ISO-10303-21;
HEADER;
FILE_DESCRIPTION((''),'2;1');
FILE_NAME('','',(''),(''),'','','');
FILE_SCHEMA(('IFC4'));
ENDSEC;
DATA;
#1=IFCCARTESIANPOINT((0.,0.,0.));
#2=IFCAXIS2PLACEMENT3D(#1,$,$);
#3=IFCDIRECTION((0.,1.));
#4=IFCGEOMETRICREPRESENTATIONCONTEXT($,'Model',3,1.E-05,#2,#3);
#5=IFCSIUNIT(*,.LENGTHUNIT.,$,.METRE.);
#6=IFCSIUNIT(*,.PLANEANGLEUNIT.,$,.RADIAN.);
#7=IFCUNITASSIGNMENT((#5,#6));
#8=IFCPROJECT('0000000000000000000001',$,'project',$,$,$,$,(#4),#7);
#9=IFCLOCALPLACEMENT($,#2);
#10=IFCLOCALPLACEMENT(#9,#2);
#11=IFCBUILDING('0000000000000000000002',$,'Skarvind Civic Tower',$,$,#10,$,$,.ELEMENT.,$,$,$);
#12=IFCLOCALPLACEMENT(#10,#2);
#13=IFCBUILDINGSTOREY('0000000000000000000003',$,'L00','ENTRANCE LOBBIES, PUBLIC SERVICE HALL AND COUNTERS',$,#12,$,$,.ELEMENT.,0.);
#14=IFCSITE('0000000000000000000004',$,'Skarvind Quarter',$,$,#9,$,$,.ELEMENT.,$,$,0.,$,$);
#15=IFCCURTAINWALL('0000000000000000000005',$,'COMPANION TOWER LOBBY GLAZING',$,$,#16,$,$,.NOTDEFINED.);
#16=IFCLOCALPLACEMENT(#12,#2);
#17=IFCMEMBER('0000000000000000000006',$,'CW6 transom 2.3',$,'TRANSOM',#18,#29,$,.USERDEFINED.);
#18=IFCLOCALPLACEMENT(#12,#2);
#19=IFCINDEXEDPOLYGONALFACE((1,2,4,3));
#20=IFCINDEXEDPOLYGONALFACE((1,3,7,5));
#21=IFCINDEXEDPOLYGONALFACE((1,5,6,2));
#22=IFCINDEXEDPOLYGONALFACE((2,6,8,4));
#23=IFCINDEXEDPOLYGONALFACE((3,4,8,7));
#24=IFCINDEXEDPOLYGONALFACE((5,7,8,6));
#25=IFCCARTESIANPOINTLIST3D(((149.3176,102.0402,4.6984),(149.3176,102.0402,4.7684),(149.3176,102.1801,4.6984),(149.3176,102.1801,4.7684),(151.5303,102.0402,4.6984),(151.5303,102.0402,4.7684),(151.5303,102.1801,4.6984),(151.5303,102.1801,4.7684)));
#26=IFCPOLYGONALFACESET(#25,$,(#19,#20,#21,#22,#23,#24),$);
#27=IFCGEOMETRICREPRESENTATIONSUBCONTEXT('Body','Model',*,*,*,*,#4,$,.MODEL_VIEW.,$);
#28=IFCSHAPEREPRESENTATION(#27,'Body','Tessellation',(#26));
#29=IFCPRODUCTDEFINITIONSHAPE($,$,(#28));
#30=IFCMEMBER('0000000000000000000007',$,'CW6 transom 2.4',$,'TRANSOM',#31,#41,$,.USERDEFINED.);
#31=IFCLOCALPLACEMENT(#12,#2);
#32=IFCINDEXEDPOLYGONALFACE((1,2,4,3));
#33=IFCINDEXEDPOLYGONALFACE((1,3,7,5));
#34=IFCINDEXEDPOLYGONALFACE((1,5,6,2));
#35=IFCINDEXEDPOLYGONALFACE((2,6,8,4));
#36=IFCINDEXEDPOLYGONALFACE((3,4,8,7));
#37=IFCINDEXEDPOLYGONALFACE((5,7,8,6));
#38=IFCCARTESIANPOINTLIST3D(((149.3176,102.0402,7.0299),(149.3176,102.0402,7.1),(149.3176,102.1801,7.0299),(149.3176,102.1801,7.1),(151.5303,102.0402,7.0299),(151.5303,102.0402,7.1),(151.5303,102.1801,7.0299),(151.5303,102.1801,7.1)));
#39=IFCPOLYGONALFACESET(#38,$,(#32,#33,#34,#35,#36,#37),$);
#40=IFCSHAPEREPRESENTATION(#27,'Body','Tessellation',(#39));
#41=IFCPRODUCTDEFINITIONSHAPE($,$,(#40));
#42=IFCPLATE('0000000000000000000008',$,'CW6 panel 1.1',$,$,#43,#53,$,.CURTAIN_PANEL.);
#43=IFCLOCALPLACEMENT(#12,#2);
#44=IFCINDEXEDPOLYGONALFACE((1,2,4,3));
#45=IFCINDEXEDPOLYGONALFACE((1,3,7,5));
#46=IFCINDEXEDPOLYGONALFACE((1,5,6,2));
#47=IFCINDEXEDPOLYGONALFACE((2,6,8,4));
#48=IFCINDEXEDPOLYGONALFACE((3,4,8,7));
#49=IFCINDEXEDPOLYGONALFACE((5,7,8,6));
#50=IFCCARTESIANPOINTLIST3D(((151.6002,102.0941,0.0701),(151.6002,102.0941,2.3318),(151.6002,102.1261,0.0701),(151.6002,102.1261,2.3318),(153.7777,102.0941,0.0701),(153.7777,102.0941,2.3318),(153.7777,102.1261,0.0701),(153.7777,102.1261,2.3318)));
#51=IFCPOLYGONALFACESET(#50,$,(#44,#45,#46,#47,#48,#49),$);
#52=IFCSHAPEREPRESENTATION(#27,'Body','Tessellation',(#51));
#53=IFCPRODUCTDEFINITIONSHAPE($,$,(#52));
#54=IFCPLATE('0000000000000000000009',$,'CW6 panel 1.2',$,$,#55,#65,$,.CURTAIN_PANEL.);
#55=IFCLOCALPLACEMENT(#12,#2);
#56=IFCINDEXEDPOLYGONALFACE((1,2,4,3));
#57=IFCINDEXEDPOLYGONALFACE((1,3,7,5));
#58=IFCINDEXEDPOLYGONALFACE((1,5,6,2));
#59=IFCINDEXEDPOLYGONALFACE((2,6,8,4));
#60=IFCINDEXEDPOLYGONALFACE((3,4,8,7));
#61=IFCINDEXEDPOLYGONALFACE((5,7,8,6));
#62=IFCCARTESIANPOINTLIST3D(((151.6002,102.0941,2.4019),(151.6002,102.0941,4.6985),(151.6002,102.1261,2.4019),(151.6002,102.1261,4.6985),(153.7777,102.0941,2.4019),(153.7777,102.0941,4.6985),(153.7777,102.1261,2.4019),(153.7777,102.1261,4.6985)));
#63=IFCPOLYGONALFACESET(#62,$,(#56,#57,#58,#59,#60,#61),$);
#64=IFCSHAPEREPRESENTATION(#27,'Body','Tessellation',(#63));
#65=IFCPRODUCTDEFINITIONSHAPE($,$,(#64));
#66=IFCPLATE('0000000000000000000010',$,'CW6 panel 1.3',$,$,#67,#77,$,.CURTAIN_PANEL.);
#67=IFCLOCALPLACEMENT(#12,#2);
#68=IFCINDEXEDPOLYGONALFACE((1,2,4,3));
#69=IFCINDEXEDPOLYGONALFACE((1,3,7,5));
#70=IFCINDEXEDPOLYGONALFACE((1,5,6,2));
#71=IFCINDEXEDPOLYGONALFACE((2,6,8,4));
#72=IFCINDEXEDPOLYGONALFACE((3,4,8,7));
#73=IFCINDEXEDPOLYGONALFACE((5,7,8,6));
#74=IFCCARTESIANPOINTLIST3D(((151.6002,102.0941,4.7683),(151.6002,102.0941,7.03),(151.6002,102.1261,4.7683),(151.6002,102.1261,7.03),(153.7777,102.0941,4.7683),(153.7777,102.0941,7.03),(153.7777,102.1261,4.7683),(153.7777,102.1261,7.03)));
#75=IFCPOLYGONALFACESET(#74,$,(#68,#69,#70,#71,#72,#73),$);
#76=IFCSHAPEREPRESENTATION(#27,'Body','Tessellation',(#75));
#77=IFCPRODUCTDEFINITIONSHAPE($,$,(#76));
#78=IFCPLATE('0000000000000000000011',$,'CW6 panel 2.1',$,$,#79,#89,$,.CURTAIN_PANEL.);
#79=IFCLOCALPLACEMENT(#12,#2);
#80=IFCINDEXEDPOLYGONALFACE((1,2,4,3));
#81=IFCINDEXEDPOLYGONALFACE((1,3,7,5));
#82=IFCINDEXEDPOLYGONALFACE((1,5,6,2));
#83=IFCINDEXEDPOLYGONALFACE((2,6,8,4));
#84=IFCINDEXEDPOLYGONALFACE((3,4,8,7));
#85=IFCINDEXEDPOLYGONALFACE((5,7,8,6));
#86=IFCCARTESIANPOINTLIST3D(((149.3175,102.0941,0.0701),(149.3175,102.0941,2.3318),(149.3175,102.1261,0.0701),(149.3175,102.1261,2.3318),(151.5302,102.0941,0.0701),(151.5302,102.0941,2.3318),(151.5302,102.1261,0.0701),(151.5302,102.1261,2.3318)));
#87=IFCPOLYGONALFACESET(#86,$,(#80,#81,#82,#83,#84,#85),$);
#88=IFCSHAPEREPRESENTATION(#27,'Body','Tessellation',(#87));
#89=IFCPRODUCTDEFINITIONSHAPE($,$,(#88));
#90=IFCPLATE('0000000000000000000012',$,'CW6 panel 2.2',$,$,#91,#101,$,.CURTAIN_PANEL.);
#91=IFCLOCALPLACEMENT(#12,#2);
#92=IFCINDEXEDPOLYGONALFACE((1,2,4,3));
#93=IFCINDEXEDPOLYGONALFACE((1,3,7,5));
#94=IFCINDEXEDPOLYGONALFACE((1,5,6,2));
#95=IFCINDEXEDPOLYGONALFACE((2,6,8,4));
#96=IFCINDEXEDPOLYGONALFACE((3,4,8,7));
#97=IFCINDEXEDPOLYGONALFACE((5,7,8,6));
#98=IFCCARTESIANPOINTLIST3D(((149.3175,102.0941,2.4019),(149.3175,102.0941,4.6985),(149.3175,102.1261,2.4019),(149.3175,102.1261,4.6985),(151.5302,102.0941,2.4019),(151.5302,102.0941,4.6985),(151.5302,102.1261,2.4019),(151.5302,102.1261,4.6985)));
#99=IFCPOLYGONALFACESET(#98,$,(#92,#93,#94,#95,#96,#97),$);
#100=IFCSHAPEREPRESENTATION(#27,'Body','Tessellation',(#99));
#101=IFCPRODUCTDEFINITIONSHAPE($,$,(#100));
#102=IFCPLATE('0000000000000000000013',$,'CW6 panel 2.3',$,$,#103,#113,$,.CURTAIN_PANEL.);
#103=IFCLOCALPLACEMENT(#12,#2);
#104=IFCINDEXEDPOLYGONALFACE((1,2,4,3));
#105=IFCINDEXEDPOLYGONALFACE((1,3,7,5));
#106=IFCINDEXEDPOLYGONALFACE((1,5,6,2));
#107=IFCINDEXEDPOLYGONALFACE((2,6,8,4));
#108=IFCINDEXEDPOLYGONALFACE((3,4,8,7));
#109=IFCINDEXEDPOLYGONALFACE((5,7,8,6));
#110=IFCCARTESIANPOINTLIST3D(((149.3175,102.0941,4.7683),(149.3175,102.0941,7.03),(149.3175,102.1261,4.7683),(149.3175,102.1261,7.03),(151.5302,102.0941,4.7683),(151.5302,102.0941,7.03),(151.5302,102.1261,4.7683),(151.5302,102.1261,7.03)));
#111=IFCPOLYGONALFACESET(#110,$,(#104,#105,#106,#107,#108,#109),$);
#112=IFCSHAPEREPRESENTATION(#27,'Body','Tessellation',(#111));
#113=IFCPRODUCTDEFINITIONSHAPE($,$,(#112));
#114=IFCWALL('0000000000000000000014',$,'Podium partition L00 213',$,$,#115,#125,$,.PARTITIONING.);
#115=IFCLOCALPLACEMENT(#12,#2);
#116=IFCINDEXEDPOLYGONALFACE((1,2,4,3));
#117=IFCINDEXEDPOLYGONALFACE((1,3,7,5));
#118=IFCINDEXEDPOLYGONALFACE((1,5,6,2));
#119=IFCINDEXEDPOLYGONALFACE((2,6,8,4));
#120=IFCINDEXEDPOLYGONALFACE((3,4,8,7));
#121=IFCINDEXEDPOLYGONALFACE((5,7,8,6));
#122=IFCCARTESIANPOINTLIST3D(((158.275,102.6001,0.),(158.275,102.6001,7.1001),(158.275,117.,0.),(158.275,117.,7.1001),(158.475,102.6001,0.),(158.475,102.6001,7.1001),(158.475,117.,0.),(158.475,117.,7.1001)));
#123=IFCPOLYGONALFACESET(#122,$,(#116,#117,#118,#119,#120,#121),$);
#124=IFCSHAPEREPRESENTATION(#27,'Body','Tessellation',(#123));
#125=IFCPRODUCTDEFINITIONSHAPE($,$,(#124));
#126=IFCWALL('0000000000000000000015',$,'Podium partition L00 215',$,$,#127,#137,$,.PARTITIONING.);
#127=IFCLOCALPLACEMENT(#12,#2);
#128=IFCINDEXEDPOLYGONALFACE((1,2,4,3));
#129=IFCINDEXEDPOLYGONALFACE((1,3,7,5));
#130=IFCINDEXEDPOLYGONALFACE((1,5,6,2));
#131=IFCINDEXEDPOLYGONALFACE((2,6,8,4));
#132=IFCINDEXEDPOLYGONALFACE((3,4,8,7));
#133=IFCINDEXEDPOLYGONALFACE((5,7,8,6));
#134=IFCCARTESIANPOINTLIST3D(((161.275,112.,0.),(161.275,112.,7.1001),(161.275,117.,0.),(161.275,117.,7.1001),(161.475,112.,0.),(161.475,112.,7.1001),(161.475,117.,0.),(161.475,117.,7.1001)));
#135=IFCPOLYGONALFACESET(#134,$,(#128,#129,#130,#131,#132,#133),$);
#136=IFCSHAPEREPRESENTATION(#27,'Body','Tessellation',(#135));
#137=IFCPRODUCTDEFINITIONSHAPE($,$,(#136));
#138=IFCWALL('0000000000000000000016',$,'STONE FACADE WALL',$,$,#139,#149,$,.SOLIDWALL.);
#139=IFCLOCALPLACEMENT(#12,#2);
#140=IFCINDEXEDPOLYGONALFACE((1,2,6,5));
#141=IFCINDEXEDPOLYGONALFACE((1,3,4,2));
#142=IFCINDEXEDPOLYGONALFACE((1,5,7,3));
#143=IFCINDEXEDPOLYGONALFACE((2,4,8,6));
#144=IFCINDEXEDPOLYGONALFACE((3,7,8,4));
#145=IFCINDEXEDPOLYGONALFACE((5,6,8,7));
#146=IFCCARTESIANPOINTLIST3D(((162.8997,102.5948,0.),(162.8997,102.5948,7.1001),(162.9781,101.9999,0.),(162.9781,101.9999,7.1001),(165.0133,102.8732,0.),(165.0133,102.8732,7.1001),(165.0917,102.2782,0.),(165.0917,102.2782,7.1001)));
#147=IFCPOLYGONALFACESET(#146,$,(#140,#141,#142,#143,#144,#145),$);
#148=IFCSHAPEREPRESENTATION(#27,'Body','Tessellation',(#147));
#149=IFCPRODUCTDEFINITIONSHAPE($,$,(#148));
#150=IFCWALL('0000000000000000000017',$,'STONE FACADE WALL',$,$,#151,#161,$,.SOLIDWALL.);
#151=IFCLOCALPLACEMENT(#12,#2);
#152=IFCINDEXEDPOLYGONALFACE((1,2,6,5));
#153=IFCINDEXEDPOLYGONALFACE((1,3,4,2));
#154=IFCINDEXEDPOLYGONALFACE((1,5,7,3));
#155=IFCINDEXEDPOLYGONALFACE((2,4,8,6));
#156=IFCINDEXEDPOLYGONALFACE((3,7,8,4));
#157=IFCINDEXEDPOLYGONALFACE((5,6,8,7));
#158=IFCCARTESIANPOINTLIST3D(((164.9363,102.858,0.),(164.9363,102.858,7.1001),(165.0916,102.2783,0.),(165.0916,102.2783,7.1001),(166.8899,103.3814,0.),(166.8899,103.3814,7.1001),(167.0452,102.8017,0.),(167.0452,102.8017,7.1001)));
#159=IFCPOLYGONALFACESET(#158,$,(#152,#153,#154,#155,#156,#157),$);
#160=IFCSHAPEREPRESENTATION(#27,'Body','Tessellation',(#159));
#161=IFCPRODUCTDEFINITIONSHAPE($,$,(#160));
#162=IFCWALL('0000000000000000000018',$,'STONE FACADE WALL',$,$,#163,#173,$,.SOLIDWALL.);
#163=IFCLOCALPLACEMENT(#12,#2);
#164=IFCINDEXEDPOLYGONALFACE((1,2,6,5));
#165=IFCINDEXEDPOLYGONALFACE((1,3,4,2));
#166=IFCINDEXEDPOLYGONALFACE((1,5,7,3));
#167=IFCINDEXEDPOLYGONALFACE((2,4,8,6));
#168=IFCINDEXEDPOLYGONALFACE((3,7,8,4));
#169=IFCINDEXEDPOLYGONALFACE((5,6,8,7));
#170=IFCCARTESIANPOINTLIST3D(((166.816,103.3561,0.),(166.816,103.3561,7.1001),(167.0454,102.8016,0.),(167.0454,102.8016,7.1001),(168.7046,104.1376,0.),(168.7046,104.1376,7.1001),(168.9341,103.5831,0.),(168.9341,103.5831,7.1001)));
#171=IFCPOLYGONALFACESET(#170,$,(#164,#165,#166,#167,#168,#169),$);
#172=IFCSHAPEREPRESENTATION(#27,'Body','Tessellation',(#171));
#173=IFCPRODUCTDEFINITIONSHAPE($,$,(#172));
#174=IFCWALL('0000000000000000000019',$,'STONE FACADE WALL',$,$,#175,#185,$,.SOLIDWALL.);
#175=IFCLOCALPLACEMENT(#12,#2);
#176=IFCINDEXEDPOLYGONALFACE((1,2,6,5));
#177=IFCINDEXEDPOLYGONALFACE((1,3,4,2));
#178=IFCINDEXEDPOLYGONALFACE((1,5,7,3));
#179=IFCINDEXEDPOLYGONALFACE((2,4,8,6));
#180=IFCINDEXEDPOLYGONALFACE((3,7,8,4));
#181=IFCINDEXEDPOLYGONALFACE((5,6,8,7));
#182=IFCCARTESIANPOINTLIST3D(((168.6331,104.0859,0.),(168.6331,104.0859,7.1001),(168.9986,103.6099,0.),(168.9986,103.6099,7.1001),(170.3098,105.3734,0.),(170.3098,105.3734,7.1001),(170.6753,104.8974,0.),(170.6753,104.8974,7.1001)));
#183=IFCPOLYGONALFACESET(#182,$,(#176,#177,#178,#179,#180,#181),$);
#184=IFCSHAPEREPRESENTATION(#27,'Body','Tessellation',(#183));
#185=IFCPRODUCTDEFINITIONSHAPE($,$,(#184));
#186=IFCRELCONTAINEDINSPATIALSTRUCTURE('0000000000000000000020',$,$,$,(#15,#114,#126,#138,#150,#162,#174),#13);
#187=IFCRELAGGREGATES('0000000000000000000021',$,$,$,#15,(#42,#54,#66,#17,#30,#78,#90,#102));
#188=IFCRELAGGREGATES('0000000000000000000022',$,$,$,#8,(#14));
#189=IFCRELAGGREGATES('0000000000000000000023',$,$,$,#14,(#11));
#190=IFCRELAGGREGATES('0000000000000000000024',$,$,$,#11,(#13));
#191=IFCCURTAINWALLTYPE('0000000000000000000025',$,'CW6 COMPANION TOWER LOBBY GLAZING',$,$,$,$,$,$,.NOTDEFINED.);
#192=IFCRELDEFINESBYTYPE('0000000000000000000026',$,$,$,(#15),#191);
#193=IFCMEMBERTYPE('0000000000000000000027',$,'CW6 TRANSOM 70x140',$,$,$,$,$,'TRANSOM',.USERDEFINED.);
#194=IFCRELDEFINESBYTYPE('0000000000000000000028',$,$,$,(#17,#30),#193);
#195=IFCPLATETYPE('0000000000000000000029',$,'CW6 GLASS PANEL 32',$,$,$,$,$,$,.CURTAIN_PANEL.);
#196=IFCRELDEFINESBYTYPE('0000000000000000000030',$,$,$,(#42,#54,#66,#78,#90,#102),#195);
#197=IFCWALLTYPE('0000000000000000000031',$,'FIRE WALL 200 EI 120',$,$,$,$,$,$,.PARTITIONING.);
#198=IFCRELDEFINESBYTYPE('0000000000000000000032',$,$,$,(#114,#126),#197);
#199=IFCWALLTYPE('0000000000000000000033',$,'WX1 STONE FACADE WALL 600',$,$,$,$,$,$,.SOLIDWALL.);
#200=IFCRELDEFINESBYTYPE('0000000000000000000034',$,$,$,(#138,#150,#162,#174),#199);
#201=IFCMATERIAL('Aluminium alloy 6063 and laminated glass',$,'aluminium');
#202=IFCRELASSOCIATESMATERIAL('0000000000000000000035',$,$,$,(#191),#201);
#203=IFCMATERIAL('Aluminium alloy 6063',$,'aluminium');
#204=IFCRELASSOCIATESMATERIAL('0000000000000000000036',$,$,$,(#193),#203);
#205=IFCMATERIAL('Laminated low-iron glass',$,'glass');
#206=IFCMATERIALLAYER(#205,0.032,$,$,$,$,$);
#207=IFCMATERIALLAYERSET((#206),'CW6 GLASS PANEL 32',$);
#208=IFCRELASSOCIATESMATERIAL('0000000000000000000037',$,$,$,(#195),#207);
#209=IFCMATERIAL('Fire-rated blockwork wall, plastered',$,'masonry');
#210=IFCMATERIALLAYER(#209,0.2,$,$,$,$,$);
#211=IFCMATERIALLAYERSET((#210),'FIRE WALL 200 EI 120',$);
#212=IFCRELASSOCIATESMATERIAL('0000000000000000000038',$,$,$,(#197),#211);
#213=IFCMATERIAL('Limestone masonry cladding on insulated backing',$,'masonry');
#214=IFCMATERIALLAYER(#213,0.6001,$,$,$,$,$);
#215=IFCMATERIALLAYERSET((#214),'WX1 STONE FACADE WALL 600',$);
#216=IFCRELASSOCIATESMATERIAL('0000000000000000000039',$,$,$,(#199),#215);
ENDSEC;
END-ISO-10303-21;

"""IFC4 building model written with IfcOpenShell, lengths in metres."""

from ifc_helpers import new_model, si_unit, direction, frame, frame_2d, origin, origin_2d, place, context, subcontext, project, spatial, rectangle, extrude, material, layer, layer_set, material_profile, profile_set, type_object, element, aggregate, save


model = new_model("IFC4")

# Units and contexts
model_context = context("Model", 3, precision=1e-05, world=origin(), true_north=direction((0.0, 1.0)))
body_context = subcontext(model_context, "Body", "Model", "MODEL_VIEW")
ifc_project = project(units=[si_unit("LENGTHUNIT", "METRE"), si_unit("PLANEANGLEUNIT", "RADIAN")], contexts=[model_context])

# Site, building, storey
site_placement = place(None, origin())
site = spatial("IfcSite", under=ifc_project, at=site_placement, Name="Skarvind Quarter", CompositionType="ELEMENT", RefElevation=0.0)
building_placement = place(site_placement, origin())
building = spatial("IfcBuilding", under=site, at=building_placement, Name="Skarvind Civic Tower", CompositionType="ELEMENT")
storey_placement = place(building_placement, origin())
storey = spatial("IfcBuildingStorey", under=building, at=storey_placement, Name="L00", Description="ENTRANCE LOBBIES, PUBLIC SERVICE HALL AND COUNTERS", CompositionType="ELEMENT", Elevation=0.0)

# Curtain wall, members, plates
ifc_material_1 = material(Name="Aluminium alloy 6063 and laminated glass", Category="aluminium")
curtain_wall_type = type_object("IfcCurtainWallType", Name="CW6 COMPANION TOWER LOBBY GLAZING", PredefinedType="NOTDEFINED", material=ifc_material_1)
curtain_wall_placement = place(storey_placement, origin())
curtain_wall = element("IfcCurtainWall", 1, at=curtain_wall_placement, inside=storey, type_object=curtain_wall_type, Name="COMPANION TOWER LOBBY GLAZING", PredefinedType="NOTDEFINED")
ifc_material_2 = material(Name="Aluminium alloy 6063", Category="aluminium")
ifc_material_profile_1 = material_profile(ifc_material_2, rectangle(XDim=0.1399, YDim=0.0701, at=origin_2d()), Name="AL 70x140")
ifc_profile_set_1 = profile_set([ifc_material_profile_1], Name="Aluminium alloy 6063")
member_type_1 = type_object("IfcMemberType", Name="CW6 TRANSOM 70x140", ElementType="TRANSOM", PredefinedType="USERDEFINED", material=ifc_profile_set_1)
member_1_placement = place(storey_placement, frame((151.5303, 102.1101, 4.7334), z_axis=(-1.0, 0.0, 0.0), x_axis=(0.0, -1.0, 0.0)))
member_1 = element("IfcMember", 2, at=member_1_placement, type_object=member_type_1, Name="CW6 transom 2.3", ObjectType="TRANSOM", PredefinedType="USERDEFINED", context=body_context, shape_type="SweptSolid", body=[
    extrude(rectangle(XDim=0.1399, YDim=0.0701, at=origin_2d()), origin(), (0.0, 0.0, 1.0), 2.2126),
])
member_2_placement = place(storey_placement, frame((151.5303, 102.1101, 7.0649), z_axis=(-1.0, 0.0, 0.0), x_axis=(0.0, -1.0, 0.0)))
member_2 = element("IfcMember", 3, at=member_2_placement, type_object=member_type_1, Name="CW6 transom 2.4", ObjectType="TRANSOM", PredefinedType="USERDEFINED", context=body_context, shape_type="SweptSolid", body=[
    extrude(rectangle(XDim=0.1399, YDim=0.0701, at=origin_2d()), origin(), (0.0, 0.0, 1.0), 2.2126),
])
ifc_material_3 = material(Name="Laminated low-iron glass", Category="glass")
ifc_layer_1 = layer(ifc_material_3, 0.032)
ifc_layer_set_1 = layer_set([ifc_layer_1], Name="CW6 GLASS PANEL 32")
plate_type = type_object("IfcPlateType", Name="CW6 GLASS PANEL 32", PredefinedType="CURTAIN_PANEL", material=ifc_layer_set_1)
plate_1_placement = place(storey_placement, frame((152.689, 102.1101, 0.0701), z_axis=(0.0, 0.0, 1.0), x_axis=(-1.0, 0.0, 0.0)))
plate_1 = element("IfcPlate", 4, at=plate_1_placement, type_object=plate_type, Name="CW6 panel 1.1", PredefinedType="CURTAIN_PANEL", context=body_context, shape_type="SweptSolid", body=[
    extrude(rectangle(XDim=2.1775, YDim=0.032, at=origin_2d()), origin(), (0.0, 0.0, 1.0), 2.2617),
])
plate_2_placement = place(storey_placement, frame((152.689, 102.1101, 2.4019), z_axis=(0.0, 0.0, 1.0), x_axis=(-1.0, 0.0, 0.0)))
plate_2 = element("IfcPlate", 5, at=plate_2_placement, type_object=plate_type, Name="CW6 panel 1.2", PredefinedType="CURTAIN_PANEL", context=body_context, shape_type="SweptSolid", body=[
    extrude(rectangle(XDim=2.1775, YDim=0.032, at=origin_2d()), origin(), (0.0, 0.0, 1.0), 2.2966),
])
plate_3_placement = place(storey_placement, frame((152.689, 102.1101, 4.7683), z_axis=(0.0, 0.0, 1.0), x_axis=(-1.0, 0.0, 0.0)))
plate_3 = element("IfcPlate", 6, at=plate_3_placement, type_object=plate_type, Name="CW6 panel 1.3", PredefinedType="CURTAIN_PANEL", context=body_context, shape_type="SweptSolid", body=[
    extrude(rectangle(XDim=2.1775, YDim=0.032, at=origin_2d()), origin(), (0.0, 0.0, 1.0), 2.2617),
])
plate_4_placement = place(storey_placement, frame((150.4238, 102.1101, 0.0701), z_axis=(0.0, 0.0, 1.0), x_axis=(-1.0, 0.0, 0.0)))
plate_4 = element("IfcPlate", 7, at=plate_4_placement, type_object=plate_type, Name="CW6 panel 2.1", PredefinedType="CURTAIN_PANEL", context=body_context, shape_type="SweptSolid", body=[
    extrude(rectangle(XDim=2.2126, YDim=0.032, at=origin_2d()), origin(), (0.0, 0.0, 1.0), 2.2617),
])
plate_5_placement = place(storey_placement, frame((150.4238, 102.1101, 2.4019), z_axis=(0.0, 0.0, 1.0), x_axis=(-1.0, 0.0, 0.0)))
plate_5 = element("IfcPlate", 8, at=plate_5_placement, type_object=plate_type, Name="CW6 panel 2.2", PredefinedType="CURTAIN_PANEL", context=body_context, shape_type="SweptSolid", body=[
    extrude(rectangle(XDim=2.2126, YDim=0.032, at=origin_2d()), origin(), (0.0, 0.0, 1.0), 2.2966),
])
plate_6_placement = place(storey_placement, frame((150.4238, 102.1101, 4.7683), z_axis=(0.0, 0.0, 1.0), x_axis=(-1.0, 0.0, 0.0)))
plate_6 = element("IfcPlate", 9, at=plate_6_placement, type_object=plate_type, Name="CW6 panel 2.3", PredefinedType="CURTAIN_PANEL", context=body_context, shape_type="SweptSolid", body=[
    extrude(rectangle(XDim=2.2126, YDim=0.032, at=origin_2d()), origin(), (0.0, 0.0, 1.0), 2.2617),
])
aggregate(curtain_wall, [plate_1, plate_2, plate_3, member_1, member_2, plate_4, plate_5, plate_6])

# Walls
ifc_material_4 = material(Name="Fire-rated blockwork wall, plastered", Category="masonry")
ifc_layer_2 = layer(ifc_material_4, 0.2)
ifc_layer_set_2 = layer_set([ifc_layer_2], Name="FIRE WALL 200 EI 120")
wall_type_1 = type_object("IfcWallType", Name="FIRE WALL 200 EI 120", PredefinedType="PARTITIONING", material=ifc_layer_set_2)
wall_1_placement = place(storey_placement, frame((158.375, 102.6001, 0.0), z_axis=(0.0, 0.0, 1.0), x_axis=(0.0, 1.0, 0.0)))
element("IfcWall", 10, at=wall_1_placement, inside=storey, type_object=wall_type_1, Name="Podium partition L00 213", PredefinedType="PARTITIONING", context=body_context, shape_type="SweptSolid", body=[
    extrude(rectangle(XDim=14.3999, YDim=0.2, at=frame_2d((7.2, 0.0))), origin(), (0.0, 0.0, 1.0), 7.1001),
])
wall_2_placement = place(storey_placement, frame((161.375, 112.0, 0.0), z_axis=(0.0, 0.0, 1.0), x_axis=(0.0, 1.0, 0.0)))
element("IfcWall", 11, at=wall_2_placement, inside=storey, type_object=wall_type_1, Name="Podium partition L00 215", PredefinedType="PARTITIONING", context=body_context, shape_type="SweptSolid", body=[
    extrude(rectangle(XDim=5.0, YDim=0.2, at=frame_2d((2.5, 0.0))), origin(), (0.0, 0.0, 1.0), 7.1001),
])
ifc_material_5 = material(Name="Limestone masonry cladding on insulated backing", Category="masonry")
ifc_layer_3 = layer(ifc_material_5, 0.6001)
ifc_layer_set_3 = layer_set([ifc_layer_3], Name="WX1 STONE FACADE WALL 600")
wall_type_2 = type_object("IfcWallType", Name="WX1 STONE FACADE WALL 600", PredefinedType="SOLIDWALL", material=ifc_layer_set_3)
wall_3_placement = place(storey_placement, frame((165.0525, 102.5757, 0.0), z_axis=(0.0, 0.0, 1.0), x_axis=(-0.991441, -0.130558, 0.0)))
element("IfcWall", 12, at=wall_3_placement, inside=storey, type_object=wall_type_2, Name="STONE FACADE WALL", PredefinedType="SOLIDWALL", context=body_context, shape_type="SweptSolid", body=[
    extrude(rectangle(XDim=2.1318, YDim=0.6001, at=frame_2d((1.0659, 0.0))), origin(), (0.0, 0.0, 1.0), 7.1001),
])
wall_4_placement = place(storey_placement, frame((166.9675, 103.0916, 0.0), z_axis=(0.0, 0.0, 1.0), x_axis=(-0.96593, -0.258804, 0.0)))
element("IfcWall", 13, at=wall_4_placement, inside=storey, type_object=wall_type_2, Name="STONE FACADE WALL", PredefinedType="SOLIDWALL", context=body_context, shape_type="SweptSolid", body=[
    extrude(rectangle(XDim=2.0225, YDim=0.6001, at=frame_2d((1.0112, 0.0))), origin(), (0.0, 0.0, 1.0), 7.1001),
])
wall_5_placement = place(storey_placement, frame((168.8193, 103.8604, 0.0), z_axis=(0.0, 0.0, 1.0), x_axis=(-0.924021, -0.382341, 0.0)))
element("IfcWall", 14, at=wall_5_placement, inside=storey, type_object=wall_type_2, Name="STONE FACADE WALL", PredefinedType="SOLIDWALL", context=body_context, shape_type="SweptSolid", body=[
    extrude(rectangle(XDim=2.0439, YDim=0.6001, at=frame_2d((1.022, 0.0))), origin(), (0.0, 0.0, 1.0), 7.1001),
])
wall_6_placement = place(storey_placement, frame((170.4927, 105.1355, 0.0), z_axis=(0.0, 0.0, 1.0), x_axis=(-0.79313, -0.609052, 0.0)))
element("IfcWall", 15, at=wall_6_placement, inside=storey, type_object=wall_type_2, Name="STONE FACADE WALL", PredefinedType="SOLIDWALL", context=body_context, shape_type="SweptSolid", body=[
    extrude(rectangle(XDim=2.114, YDim=0.6001, at=frame_2d((1.0571, 0.0))), origin(), (0.0, 0.0, 1.0), 7.1001),
])

save(model, "model.ifc")
